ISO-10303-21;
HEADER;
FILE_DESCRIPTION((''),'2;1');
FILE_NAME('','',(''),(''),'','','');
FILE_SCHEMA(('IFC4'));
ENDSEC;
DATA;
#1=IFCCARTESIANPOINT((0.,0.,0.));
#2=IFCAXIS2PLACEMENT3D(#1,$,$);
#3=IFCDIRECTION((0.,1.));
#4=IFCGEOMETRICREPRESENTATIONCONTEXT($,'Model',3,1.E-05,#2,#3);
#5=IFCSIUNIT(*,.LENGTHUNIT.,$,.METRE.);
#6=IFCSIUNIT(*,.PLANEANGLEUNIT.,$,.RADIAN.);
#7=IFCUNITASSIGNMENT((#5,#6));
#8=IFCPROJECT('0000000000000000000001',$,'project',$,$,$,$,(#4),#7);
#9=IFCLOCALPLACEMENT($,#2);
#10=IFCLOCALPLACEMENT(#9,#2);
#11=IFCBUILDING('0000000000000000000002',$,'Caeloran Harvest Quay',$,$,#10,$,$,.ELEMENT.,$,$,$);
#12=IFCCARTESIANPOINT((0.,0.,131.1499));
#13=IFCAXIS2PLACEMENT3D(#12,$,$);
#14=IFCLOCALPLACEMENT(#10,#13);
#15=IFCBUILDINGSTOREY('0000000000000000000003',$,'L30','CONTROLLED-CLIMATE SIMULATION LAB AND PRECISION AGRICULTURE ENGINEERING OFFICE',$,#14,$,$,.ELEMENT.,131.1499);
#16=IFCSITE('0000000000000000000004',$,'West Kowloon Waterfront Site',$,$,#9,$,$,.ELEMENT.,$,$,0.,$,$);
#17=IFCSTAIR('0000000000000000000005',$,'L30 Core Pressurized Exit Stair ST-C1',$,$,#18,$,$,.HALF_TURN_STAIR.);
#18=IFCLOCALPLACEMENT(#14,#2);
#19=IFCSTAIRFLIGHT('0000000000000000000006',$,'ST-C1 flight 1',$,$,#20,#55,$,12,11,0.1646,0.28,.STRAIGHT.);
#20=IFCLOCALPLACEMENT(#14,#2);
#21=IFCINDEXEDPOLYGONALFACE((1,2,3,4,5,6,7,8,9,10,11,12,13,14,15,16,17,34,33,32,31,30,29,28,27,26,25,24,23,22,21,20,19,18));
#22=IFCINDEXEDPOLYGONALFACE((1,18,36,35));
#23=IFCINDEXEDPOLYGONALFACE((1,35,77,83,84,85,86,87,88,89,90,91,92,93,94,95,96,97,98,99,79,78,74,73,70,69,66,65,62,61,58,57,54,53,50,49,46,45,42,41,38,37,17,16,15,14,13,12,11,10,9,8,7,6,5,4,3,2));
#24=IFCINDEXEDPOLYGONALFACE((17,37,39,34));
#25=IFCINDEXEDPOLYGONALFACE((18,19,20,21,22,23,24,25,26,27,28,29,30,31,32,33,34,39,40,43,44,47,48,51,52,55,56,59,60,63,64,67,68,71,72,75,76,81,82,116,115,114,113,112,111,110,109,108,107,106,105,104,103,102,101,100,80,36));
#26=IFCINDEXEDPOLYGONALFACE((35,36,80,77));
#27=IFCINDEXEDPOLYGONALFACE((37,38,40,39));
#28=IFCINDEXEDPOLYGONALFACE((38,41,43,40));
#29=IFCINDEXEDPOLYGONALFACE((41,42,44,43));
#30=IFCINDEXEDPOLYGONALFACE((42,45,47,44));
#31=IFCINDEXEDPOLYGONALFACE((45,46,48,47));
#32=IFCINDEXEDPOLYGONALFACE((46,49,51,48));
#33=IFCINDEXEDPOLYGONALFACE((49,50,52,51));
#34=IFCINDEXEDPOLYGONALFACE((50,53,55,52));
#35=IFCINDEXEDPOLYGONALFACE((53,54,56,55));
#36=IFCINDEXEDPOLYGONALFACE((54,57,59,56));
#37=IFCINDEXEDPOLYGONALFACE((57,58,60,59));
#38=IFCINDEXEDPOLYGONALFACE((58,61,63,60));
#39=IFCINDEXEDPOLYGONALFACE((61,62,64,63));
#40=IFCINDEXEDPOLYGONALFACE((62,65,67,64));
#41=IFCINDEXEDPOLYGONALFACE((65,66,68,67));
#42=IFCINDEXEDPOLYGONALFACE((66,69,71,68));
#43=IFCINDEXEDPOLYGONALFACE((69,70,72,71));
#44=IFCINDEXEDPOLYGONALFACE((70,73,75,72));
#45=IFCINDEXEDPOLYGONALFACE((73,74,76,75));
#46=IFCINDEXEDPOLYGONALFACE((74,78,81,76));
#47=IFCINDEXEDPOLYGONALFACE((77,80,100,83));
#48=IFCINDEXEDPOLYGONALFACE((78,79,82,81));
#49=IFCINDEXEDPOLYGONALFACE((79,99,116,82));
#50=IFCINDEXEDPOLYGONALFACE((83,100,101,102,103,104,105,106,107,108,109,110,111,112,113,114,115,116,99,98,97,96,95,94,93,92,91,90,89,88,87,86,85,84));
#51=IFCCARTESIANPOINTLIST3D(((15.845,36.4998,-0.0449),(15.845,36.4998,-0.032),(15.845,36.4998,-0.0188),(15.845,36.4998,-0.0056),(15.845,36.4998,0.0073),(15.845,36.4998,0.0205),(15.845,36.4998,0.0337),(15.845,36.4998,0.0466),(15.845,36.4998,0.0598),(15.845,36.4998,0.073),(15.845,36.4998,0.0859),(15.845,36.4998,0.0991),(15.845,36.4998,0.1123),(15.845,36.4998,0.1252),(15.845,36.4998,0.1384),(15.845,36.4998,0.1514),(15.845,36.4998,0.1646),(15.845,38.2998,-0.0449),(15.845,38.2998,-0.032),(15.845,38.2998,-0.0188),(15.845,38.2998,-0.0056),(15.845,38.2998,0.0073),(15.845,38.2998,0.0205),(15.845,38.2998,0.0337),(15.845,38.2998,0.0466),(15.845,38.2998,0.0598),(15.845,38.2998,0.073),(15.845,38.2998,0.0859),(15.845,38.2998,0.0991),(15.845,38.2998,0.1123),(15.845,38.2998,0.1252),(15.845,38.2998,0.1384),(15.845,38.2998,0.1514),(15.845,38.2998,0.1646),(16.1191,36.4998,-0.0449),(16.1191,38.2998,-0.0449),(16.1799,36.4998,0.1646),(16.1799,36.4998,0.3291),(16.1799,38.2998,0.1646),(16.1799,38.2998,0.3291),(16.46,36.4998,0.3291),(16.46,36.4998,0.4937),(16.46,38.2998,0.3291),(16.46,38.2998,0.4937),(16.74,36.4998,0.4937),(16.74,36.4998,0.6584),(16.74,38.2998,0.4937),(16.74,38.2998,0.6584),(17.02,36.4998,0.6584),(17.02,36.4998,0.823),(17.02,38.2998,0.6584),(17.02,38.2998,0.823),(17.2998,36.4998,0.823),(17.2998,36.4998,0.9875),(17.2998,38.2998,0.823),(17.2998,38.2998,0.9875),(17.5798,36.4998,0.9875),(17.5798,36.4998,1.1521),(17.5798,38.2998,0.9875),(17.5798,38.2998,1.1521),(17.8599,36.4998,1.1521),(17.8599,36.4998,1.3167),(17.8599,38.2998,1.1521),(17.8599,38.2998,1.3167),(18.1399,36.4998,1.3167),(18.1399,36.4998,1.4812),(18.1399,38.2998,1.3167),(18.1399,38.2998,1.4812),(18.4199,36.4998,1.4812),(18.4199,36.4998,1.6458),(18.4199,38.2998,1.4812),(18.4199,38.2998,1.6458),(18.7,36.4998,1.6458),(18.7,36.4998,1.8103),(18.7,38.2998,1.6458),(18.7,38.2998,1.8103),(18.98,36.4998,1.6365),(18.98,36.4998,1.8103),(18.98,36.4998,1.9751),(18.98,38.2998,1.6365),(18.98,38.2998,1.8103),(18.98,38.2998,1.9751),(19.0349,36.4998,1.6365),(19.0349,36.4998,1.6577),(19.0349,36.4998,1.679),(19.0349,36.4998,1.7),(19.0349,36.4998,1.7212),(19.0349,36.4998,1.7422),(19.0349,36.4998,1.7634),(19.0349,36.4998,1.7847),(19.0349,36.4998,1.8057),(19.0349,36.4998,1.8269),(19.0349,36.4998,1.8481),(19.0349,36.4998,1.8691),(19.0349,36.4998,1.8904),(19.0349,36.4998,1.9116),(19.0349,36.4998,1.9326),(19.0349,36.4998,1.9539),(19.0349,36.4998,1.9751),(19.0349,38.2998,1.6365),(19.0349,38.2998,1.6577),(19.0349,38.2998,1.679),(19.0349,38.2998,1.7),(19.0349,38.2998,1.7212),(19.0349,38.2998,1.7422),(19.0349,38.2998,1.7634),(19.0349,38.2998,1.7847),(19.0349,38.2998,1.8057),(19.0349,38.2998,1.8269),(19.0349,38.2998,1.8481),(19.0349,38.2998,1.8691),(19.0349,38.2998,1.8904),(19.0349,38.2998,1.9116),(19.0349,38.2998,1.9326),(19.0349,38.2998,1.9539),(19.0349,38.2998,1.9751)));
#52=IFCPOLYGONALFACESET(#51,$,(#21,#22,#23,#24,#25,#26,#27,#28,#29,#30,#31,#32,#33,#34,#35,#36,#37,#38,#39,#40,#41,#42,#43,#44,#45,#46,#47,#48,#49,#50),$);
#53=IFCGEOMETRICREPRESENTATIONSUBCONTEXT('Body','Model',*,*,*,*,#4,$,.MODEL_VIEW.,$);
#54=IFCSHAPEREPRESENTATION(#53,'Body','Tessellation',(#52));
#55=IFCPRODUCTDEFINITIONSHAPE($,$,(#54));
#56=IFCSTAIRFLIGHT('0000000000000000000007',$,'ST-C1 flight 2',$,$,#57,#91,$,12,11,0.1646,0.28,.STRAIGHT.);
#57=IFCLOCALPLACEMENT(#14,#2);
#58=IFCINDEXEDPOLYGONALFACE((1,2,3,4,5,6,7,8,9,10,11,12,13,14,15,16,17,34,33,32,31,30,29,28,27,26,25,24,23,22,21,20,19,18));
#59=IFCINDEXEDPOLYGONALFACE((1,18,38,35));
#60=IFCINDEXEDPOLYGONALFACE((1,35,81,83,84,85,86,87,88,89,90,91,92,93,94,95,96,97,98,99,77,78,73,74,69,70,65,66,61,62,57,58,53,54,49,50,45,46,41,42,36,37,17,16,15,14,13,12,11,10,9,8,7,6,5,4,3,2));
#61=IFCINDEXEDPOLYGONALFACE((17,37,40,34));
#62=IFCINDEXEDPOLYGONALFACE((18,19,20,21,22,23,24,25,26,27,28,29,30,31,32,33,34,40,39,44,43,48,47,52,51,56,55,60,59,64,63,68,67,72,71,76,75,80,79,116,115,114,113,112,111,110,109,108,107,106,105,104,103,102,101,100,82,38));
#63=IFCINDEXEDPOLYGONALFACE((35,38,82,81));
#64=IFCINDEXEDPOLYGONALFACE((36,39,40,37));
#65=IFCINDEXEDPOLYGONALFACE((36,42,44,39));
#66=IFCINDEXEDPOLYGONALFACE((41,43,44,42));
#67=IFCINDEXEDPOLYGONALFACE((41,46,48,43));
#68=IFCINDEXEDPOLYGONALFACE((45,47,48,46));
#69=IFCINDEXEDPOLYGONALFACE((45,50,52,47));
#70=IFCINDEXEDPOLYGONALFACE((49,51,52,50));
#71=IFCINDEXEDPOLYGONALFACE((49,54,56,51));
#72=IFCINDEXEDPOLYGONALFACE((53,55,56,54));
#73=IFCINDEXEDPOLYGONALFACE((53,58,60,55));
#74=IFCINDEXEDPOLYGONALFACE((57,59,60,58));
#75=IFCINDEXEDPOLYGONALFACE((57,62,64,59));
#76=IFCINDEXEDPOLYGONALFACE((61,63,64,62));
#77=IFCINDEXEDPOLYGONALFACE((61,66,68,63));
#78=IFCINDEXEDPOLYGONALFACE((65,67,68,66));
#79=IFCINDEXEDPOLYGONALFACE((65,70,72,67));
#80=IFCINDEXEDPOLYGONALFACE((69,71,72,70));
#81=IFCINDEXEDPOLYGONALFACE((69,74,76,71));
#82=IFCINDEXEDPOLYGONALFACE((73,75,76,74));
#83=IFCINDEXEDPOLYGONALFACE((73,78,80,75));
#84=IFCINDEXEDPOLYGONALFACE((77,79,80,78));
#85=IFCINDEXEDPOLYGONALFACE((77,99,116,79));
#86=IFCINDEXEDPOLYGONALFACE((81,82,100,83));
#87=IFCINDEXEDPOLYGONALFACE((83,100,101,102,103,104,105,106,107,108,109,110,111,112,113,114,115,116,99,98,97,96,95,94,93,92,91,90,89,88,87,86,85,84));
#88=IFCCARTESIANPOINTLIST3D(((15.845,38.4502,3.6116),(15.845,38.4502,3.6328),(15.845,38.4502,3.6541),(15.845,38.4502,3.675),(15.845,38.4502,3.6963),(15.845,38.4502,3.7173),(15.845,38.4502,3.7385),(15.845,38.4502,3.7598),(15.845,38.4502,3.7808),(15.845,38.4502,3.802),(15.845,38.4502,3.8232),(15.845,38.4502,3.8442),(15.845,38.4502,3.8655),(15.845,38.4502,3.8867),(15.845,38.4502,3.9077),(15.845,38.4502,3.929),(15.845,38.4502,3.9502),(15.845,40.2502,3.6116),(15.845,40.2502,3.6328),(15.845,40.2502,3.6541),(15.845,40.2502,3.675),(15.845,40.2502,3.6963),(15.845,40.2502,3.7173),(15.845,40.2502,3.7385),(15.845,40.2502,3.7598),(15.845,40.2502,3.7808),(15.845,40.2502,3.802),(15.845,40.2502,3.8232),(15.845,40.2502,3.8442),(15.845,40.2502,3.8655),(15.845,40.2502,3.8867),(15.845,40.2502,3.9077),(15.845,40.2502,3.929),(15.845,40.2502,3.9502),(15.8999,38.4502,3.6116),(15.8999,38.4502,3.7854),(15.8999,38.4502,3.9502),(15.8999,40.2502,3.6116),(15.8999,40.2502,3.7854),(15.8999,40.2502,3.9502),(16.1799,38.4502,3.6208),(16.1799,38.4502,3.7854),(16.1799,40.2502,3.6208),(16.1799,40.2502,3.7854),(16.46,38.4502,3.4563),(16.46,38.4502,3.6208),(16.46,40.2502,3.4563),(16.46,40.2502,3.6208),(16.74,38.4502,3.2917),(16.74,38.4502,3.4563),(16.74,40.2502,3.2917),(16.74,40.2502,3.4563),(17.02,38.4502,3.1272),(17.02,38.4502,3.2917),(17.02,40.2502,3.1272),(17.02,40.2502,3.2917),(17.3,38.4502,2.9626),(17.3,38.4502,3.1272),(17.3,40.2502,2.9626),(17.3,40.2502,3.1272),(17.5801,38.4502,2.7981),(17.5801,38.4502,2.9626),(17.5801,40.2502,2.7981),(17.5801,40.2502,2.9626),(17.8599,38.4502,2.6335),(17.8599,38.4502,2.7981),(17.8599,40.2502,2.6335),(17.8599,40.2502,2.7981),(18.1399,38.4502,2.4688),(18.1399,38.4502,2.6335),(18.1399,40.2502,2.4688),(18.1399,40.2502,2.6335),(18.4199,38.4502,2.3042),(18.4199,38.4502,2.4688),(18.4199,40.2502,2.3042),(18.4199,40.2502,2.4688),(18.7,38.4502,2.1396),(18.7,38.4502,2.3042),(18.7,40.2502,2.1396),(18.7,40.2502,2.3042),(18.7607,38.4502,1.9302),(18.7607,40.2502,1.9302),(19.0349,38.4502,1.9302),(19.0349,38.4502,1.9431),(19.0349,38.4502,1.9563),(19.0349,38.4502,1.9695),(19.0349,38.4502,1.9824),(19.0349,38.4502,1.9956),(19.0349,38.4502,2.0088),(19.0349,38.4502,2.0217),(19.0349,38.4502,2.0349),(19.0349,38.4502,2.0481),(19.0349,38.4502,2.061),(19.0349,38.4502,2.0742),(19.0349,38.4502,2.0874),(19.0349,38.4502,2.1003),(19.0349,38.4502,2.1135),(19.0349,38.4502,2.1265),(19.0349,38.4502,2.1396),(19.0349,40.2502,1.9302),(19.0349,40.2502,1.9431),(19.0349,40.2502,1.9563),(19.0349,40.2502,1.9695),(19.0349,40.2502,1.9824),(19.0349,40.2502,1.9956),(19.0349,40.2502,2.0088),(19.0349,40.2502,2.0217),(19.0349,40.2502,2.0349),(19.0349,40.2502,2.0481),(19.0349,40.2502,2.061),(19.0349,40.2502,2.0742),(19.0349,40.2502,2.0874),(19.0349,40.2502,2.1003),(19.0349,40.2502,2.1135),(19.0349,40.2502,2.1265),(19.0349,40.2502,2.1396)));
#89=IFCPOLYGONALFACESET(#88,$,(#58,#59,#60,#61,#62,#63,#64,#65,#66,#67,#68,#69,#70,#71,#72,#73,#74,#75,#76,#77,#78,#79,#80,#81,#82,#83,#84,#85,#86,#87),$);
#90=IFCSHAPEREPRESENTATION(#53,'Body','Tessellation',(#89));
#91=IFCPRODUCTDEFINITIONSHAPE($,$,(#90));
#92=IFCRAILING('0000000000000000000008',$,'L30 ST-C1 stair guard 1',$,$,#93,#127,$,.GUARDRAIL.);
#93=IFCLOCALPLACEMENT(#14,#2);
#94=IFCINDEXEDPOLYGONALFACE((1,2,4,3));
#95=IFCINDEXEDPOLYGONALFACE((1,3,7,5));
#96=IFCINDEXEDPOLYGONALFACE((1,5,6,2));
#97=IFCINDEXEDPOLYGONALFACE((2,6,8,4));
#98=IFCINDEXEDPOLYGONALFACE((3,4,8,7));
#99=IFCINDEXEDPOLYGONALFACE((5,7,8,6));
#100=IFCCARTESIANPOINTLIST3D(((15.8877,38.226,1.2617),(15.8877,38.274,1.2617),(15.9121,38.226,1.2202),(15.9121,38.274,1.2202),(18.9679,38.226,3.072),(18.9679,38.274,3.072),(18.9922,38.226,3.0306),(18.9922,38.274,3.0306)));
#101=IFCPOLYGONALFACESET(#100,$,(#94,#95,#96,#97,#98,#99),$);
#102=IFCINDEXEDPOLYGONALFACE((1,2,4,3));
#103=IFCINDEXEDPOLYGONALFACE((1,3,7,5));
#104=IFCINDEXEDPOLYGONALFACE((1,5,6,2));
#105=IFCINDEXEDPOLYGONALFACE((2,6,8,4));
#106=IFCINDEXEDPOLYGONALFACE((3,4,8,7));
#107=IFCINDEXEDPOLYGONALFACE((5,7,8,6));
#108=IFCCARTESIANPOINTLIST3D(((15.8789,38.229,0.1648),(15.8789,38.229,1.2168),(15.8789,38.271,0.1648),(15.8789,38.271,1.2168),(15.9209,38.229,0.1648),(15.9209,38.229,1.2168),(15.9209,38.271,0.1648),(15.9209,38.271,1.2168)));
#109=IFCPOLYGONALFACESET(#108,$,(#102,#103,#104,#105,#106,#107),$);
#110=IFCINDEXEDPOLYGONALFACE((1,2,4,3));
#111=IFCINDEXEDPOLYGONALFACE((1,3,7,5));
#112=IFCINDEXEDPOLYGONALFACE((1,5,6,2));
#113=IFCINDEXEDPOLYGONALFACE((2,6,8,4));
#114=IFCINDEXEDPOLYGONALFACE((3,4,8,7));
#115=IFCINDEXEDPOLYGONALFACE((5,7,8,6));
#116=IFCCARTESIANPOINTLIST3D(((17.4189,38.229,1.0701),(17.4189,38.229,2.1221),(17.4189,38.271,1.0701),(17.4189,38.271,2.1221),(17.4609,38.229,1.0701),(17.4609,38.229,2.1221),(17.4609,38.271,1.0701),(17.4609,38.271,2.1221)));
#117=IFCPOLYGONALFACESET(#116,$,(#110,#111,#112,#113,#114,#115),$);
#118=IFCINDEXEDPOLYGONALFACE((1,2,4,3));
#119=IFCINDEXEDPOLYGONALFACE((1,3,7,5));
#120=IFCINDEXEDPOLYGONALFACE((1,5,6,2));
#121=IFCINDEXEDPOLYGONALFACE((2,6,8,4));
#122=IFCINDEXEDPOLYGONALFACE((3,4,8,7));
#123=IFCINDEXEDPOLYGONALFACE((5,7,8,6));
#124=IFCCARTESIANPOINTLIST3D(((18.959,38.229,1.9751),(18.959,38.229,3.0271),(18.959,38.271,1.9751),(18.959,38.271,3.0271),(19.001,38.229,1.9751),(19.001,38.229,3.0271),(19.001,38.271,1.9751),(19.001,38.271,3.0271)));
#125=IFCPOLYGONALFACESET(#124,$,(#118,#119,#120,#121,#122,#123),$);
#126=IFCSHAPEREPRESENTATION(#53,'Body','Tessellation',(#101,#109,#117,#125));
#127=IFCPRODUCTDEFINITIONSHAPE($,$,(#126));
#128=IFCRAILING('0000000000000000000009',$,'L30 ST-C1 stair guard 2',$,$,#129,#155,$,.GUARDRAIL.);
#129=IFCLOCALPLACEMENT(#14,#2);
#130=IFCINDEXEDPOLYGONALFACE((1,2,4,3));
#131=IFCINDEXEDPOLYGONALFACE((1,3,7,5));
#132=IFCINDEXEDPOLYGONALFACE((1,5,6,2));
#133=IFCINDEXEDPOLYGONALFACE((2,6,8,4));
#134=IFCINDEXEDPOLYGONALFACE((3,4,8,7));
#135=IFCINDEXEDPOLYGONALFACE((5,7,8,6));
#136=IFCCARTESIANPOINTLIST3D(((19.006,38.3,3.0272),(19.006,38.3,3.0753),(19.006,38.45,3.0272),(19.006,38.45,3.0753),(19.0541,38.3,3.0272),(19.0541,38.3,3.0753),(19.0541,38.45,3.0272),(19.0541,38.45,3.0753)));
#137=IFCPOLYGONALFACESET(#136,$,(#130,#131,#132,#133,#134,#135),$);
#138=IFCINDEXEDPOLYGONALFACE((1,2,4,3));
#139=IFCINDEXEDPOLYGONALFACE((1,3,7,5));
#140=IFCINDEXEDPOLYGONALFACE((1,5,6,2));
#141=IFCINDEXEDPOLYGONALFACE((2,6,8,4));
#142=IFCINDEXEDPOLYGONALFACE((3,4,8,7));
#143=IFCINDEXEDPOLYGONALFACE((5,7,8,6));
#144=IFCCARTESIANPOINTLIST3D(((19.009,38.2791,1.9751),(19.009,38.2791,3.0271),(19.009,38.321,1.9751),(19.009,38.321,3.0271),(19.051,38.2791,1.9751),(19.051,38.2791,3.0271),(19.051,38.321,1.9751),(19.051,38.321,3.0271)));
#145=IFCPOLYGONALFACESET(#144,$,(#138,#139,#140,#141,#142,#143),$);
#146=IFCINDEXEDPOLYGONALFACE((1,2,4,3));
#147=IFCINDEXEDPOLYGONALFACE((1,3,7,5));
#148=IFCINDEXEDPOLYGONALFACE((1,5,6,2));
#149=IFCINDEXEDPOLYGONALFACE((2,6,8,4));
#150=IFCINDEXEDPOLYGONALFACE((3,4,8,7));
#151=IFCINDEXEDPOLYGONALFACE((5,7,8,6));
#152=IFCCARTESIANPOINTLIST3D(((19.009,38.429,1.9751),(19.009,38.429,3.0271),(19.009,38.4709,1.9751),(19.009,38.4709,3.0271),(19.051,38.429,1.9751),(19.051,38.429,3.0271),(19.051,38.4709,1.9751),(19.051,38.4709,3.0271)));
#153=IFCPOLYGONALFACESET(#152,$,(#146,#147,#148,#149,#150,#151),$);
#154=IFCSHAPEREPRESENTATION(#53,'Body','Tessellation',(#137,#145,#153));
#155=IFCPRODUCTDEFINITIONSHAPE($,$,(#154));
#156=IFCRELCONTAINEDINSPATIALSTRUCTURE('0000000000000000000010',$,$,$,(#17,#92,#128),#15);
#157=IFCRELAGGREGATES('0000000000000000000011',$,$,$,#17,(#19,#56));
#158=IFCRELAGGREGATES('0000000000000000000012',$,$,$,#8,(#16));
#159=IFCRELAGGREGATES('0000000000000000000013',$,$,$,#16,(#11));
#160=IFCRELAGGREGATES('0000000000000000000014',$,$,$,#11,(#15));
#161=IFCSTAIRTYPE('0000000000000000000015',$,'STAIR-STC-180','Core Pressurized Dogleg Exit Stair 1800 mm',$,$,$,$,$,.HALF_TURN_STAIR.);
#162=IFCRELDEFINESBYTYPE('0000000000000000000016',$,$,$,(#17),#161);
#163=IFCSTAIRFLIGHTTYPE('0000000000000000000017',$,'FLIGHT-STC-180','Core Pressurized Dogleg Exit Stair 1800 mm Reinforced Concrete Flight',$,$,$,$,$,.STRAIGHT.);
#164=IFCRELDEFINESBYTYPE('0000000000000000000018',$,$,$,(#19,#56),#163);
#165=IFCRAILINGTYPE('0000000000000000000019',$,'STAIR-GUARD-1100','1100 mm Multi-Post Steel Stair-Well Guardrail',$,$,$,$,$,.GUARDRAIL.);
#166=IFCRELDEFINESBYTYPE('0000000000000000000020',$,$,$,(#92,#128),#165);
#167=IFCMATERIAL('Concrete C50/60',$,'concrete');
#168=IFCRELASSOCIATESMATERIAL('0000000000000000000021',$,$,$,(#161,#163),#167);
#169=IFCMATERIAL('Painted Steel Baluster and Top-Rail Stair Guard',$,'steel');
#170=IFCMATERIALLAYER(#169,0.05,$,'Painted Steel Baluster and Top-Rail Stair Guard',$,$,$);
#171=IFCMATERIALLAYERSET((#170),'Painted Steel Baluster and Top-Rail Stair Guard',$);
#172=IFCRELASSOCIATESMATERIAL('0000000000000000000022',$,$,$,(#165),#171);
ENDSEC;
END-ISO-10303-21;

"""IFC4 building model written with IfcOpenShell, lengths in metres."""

from ifc_helpers import new_model, si_unit, direction, frame, origin, origin_2d, place, context, subcontext, project, spatial, polyline, rectangle, outline, extrude, material, layer, layer_set, type_object, element, aggregate, save


model = new_model("IFC4")

# Units and contexts
model_context = context("Model", 3, precision=1e-05, world=origin(), true_north=direction((0.0, 1.0)))
body_context = subcontext(model_context, "Body", "Model", "MODEL_VIEW")
ifc_project = project(units=[si_unit("LENGTHUNIT", "METRE"), si_unit("PLANEANGLEUNIT", "RADIAN")], contexts=[model_context])

# Site, building, storey
site_placement = place(None, origin())
site = spatial("IfcSite", under=ifc_project, at=site_placement, Name="West Kowloon Waterfront Site", CompositionType="ELEMENT", RefElevation=0.0)
building_placement = place(site_placement, origin())
building = spatial("IfcBuilding", under=site, at=building_placement, Name="Caeloran Harvest Quay", CompositionType="ELEMENT")
storey_placement = place(building_placement, frame((0.0, 0.0, 131.1499)))
storey = spatial("IfcBuildingStorey", under=building, at=storey_placement, Name="L30", Description="CONTROLLED-CLIMATE SIMULATION LAB AND PRECISION AGRICULTURE ENGINEERING OFFICE", CompositionType="ELEMENT", Elevation=131.1499)

# Stair, stair flights
ifc_material_1 = material(Name="Concrete C50/60", Category="concrete")
stair_type = type_object("IfcStairType", Name="STAIR-STC-180", Description="Core Pressurized Dogleg Exit Stair 1800 mm", PredefinedType="HALF_TURN_STAIR", material=ifc_material_1)
stair_placement = place(storey_placement, origin())
stair = element("IfcStair", 1, at=stair_placement, inside=storey, type_object=stair_type, Name="L30 Core Pressurized Exit Stair ST-C1", PredefinedType="HALF_TURN_STAIR")
stair_flight_type = type_object("IfcStairFlightType", Name="FLIGHT-STC-180", Description="Core Pressurized Dogleg Exit Stair 1800 mm Reinforced Concrete Flight", PredefinedType="STRAIGHT", material=ifc_material_1)
stair_flight_1_placement = place(storey_placement, frame((15.8999, 37.3999, 0.0), z_axis=(0.0, 0.0, 1.0), x_axis=(1.0, 0.0, 0.0)))
stair_flight_1 = element("IfcStairFlight", 2, at=stair_flight_1_placement, type_object=stair_flight_type, Name="ST-C1 flight 1", NumberOfRisers=12, NumberOfTreads=11, PredefinedType="STRAIGHT", RiserHeight=0.1646, TreadLength=0.28, context=body_context, shape_type="SweptSolid", body=[
    extrude(outline(polyline([(-0.0549, -0.0449), (-0.0549, -0.032), (-0.0549, -0.0188), (-0.0549, -0.0056), (-0.0549, 0.0073), (-0.0549, 0.0205), (-0.0549, 0.0337), (-0.0549, 0.0466), (-0.0549, 0.0598), (-0.0549, 0.073), (-0.0549, 0.0859), (-0.0549, 0.0991), (-0.0549, 0.1123), (-0.0549, 0.1252), (-0.0549, 0.1384), (-0.0549, 0.1514), (-0.0549, 0.1646), (0.28, 0.1646), (0.28, 0.3291), (0.5601, 0.3291), (0.5601, 0.4937), (0.8401, 0.4937), (0.8401, 0.6584), (1.1201, 0.6584), (1.1201, 0.823), (1.3999, 0.823), (1.3999, 0.9875), (1.6799, 0.9875), (1.6799, 1.1521), (1.96, 1.1521), (1.96, 1.3167), (2.24, 1.3167), (2.24, 1.4812), (2.52, 1.4812), (2.52, 1.6458), (2.8, 1.6458), (2.8, 1.8103), (3.0801, 1.8103), (3.0801, 1.9751), (3.135, 1.9751), (3.135, 1.9539), (3.135, 1.9326), (3.135, 1.9116), (3.135, 1.8904), (3.135, 1.8691), (3.135, 1.8481), (3.135, 1.8269), (3.135, 1.8057), (3.135, 1.7847), (3.135, 1.7634), (3.135, 1.7422), (3.135, 1.7212), (3.135, 1.7), (3.135, 1.679), (3.135, 1.6577), (3.135, 1.6365), (3.0801, 1.6365), (0.2192, -0.0449), (-0.0549, -0.0449)])), frame((0.0, 0.8999, 0.0), z_axis=(0.0, -1.0, 0.0), x_axis=(1.0, 0.0, 0.0)), (0.0, 0.0, 1.0), 1.8),
])
stair_flight_2_placement = place(storey_placement, frame((18.98, 39.3501, 1.9751), z_axis=(0.0, 0.0, 1.0), x_axis=(-1.0, 0.0, 0.0)))
stair_flight_2 = element("IfcStairFlight", 3, at=stair_flight_2_placement, type_object=stair_flight_type, Name="ST-C1 flight 2", NumberOfRisers=12, NumberOfTreads=11, PredefinedType="STRAIGHT", RiserHeight=0.1646, TreadLength=0.28, context=body_context, shape_type="SweptSolid", body=[
    extrude(outline(polyline([(-0.0549, -0.0449), (-0.0549, -0.032), (-0.0549, -0.0188), (-0.0549, -0.0056), (-0.0549, 0.0073), (-0.0549, 0.0205), (-0.0549, 0.0337), (-0.0549, 0.0466), (-0.0549, 0.0598), (-0.0549, 0.073), (-0.0549, 0.0859), (-0.0549, 0.0991), (-0.0549, 0.1123), (-0.0549, 0.1252), (-0.0549, 0.1384), (-0.0549, 0.1514), (-0.0549, 0.1646), (0.28, 0.1646), (0.28, 0.3291), (0.5601, 0.3291), (0.5601, 0.4937), (0.8401, 0.4937), (0.8401, 0.6584), (1.1201, 0.6584), (1.1201, 0.823), (1.3999, 0.823), (1.3999, 0.9875), (1.6799, 0.9875), (1.6799, 1.1521), (1.96, 1.1521), (1.96, 1.3167), (2.24, 1.3167), (2.24, 1.4812), (2.52, 1.4812), (2.52, 1.6458), (2.8, 1.6458), (2.8, 1.8103), (3.0801, 1.8103), (3.0801, 1.9751), (3.135, 1.9751), (3.135, 1.9539), (3.135, 1.9326), (3.135, 1.9116), (3.135, 1.8904), (3.135, 1.8691), (3.135, 1.8481), (3.135, 1.8269), (3.135, 1.8057), (3.135, 1.7847), (3.135, 1.7634), (3.135, 1.7422), (3.135, 1.7212), (3.135, 1.7), (3.135, 1.679), (3.135, 1.6577), (3.135, 1.6365), (3.0801, 1.6365), (0.2192, -0.0449), (-0.0549, -0.0449)])), frame((0.0, 0.8999, 0.0), z_axis=(0.0, -1.0, 0.0), x_axis=(1.0, 0.0, 0.0)), (0.0, 0.0, 1.0), 1.8),
])
aggregate(stair, [stair_flight_1, stair_flight_2])

# Railings
ifc_material_2 = material(Name="Painted Steel Baluster and Top-Rail Stair Guard", Category="steel")
ifc_layer_1 = layer(ifc_material_2, 0.05, Name="Painted Steel Baluster and Top-Rail Stair Guard")
ifc_layer_set_1 = layer_set([ifc_layer_1], Name="Painted Steel Baluster and Top-Rail Stair Guard")
railing_type_1 = type_object("IfcRailingType", Name="STAIR-GUARD-1100", Description="1100 mm Multi-Post Steel Stair-Well Guardrail", PredefinedType="GUARDRAIL", material=ifc_layer_set_1)
railing_1_placement = place(storey_placement, frame((15.8999, 38.25, 0.1648)))
element("IfcRailing", 4, at=railing_1_placement, inside=storey, type_object=railing_type_1, Name="L30 ST-C1 stair guard 1", PredefinedType="GUARDRAIL", context=body_context, shape_type="SweptSolid", body=[
    extrude(rectangle(XDim=0.0481, YDim=0.0481, at=origin_2d()), frame((0.0, 0.0, 1.0762), z_axis=(0.862119, 0.0, 0.506707), x_axis=(0.0, 1.0, 0.0)), (0.0, 0.0, 1.0), 3.5728),
    extrude(rectangle(XDim=0.042, YDim=0.042, at=origin_2d()), origin(), (0.0, 0.0, 1.0), 1.052),
    extrude(rectangle(XDim=0.042, YDim=0.042, at=origin_2d()), frame((1.54, 0.0, 0.9053)), (0.0, 0.0, 1.0), 1.052),
    extrude(rectangle(XDim=0.042, YDim=0.042, at=origin_2d()), frame((3.0801, 0.0, 1.8103)), (0.0, 0.0, 1.0), 1.052),
])
railing_2_placement = place(storey_placement, frame((19.03, 38.3, 1.9751)))
element("IfcRailing", 5, at=railing_2_placement, inside=storey, type_object=railing_type_1, Name="L30 ST-C1 stair guard 2", PredefinedType="GUARDRAIL", context=body_context, shape_type="SweptSolid", body=[
    extrude(rectangle(XDim=0.0481, YDim=0.0481, at=origin_2d()), frame((0.0, 0.0, 1.0762), z_axis=(0.0, 1.0, 0.0), x_axis=(-1.0, 0.0, 0.0)), (0.0, 0.0, 1.0), 0.1499),
    extrude(rectangle(XDim=0.042, YDim=0.042, at=origin_2d()), origin(), (0.0, 0.0, 1.0), 1.052),
    extrude(rectangle(XDim=0.042, YDim=0.042, at=origin_2d()), frame((0.0, 0.1499, 0.0)), (0.0, 0.0, 1.0), 1.052),
])

save(model, "model.ifc")
